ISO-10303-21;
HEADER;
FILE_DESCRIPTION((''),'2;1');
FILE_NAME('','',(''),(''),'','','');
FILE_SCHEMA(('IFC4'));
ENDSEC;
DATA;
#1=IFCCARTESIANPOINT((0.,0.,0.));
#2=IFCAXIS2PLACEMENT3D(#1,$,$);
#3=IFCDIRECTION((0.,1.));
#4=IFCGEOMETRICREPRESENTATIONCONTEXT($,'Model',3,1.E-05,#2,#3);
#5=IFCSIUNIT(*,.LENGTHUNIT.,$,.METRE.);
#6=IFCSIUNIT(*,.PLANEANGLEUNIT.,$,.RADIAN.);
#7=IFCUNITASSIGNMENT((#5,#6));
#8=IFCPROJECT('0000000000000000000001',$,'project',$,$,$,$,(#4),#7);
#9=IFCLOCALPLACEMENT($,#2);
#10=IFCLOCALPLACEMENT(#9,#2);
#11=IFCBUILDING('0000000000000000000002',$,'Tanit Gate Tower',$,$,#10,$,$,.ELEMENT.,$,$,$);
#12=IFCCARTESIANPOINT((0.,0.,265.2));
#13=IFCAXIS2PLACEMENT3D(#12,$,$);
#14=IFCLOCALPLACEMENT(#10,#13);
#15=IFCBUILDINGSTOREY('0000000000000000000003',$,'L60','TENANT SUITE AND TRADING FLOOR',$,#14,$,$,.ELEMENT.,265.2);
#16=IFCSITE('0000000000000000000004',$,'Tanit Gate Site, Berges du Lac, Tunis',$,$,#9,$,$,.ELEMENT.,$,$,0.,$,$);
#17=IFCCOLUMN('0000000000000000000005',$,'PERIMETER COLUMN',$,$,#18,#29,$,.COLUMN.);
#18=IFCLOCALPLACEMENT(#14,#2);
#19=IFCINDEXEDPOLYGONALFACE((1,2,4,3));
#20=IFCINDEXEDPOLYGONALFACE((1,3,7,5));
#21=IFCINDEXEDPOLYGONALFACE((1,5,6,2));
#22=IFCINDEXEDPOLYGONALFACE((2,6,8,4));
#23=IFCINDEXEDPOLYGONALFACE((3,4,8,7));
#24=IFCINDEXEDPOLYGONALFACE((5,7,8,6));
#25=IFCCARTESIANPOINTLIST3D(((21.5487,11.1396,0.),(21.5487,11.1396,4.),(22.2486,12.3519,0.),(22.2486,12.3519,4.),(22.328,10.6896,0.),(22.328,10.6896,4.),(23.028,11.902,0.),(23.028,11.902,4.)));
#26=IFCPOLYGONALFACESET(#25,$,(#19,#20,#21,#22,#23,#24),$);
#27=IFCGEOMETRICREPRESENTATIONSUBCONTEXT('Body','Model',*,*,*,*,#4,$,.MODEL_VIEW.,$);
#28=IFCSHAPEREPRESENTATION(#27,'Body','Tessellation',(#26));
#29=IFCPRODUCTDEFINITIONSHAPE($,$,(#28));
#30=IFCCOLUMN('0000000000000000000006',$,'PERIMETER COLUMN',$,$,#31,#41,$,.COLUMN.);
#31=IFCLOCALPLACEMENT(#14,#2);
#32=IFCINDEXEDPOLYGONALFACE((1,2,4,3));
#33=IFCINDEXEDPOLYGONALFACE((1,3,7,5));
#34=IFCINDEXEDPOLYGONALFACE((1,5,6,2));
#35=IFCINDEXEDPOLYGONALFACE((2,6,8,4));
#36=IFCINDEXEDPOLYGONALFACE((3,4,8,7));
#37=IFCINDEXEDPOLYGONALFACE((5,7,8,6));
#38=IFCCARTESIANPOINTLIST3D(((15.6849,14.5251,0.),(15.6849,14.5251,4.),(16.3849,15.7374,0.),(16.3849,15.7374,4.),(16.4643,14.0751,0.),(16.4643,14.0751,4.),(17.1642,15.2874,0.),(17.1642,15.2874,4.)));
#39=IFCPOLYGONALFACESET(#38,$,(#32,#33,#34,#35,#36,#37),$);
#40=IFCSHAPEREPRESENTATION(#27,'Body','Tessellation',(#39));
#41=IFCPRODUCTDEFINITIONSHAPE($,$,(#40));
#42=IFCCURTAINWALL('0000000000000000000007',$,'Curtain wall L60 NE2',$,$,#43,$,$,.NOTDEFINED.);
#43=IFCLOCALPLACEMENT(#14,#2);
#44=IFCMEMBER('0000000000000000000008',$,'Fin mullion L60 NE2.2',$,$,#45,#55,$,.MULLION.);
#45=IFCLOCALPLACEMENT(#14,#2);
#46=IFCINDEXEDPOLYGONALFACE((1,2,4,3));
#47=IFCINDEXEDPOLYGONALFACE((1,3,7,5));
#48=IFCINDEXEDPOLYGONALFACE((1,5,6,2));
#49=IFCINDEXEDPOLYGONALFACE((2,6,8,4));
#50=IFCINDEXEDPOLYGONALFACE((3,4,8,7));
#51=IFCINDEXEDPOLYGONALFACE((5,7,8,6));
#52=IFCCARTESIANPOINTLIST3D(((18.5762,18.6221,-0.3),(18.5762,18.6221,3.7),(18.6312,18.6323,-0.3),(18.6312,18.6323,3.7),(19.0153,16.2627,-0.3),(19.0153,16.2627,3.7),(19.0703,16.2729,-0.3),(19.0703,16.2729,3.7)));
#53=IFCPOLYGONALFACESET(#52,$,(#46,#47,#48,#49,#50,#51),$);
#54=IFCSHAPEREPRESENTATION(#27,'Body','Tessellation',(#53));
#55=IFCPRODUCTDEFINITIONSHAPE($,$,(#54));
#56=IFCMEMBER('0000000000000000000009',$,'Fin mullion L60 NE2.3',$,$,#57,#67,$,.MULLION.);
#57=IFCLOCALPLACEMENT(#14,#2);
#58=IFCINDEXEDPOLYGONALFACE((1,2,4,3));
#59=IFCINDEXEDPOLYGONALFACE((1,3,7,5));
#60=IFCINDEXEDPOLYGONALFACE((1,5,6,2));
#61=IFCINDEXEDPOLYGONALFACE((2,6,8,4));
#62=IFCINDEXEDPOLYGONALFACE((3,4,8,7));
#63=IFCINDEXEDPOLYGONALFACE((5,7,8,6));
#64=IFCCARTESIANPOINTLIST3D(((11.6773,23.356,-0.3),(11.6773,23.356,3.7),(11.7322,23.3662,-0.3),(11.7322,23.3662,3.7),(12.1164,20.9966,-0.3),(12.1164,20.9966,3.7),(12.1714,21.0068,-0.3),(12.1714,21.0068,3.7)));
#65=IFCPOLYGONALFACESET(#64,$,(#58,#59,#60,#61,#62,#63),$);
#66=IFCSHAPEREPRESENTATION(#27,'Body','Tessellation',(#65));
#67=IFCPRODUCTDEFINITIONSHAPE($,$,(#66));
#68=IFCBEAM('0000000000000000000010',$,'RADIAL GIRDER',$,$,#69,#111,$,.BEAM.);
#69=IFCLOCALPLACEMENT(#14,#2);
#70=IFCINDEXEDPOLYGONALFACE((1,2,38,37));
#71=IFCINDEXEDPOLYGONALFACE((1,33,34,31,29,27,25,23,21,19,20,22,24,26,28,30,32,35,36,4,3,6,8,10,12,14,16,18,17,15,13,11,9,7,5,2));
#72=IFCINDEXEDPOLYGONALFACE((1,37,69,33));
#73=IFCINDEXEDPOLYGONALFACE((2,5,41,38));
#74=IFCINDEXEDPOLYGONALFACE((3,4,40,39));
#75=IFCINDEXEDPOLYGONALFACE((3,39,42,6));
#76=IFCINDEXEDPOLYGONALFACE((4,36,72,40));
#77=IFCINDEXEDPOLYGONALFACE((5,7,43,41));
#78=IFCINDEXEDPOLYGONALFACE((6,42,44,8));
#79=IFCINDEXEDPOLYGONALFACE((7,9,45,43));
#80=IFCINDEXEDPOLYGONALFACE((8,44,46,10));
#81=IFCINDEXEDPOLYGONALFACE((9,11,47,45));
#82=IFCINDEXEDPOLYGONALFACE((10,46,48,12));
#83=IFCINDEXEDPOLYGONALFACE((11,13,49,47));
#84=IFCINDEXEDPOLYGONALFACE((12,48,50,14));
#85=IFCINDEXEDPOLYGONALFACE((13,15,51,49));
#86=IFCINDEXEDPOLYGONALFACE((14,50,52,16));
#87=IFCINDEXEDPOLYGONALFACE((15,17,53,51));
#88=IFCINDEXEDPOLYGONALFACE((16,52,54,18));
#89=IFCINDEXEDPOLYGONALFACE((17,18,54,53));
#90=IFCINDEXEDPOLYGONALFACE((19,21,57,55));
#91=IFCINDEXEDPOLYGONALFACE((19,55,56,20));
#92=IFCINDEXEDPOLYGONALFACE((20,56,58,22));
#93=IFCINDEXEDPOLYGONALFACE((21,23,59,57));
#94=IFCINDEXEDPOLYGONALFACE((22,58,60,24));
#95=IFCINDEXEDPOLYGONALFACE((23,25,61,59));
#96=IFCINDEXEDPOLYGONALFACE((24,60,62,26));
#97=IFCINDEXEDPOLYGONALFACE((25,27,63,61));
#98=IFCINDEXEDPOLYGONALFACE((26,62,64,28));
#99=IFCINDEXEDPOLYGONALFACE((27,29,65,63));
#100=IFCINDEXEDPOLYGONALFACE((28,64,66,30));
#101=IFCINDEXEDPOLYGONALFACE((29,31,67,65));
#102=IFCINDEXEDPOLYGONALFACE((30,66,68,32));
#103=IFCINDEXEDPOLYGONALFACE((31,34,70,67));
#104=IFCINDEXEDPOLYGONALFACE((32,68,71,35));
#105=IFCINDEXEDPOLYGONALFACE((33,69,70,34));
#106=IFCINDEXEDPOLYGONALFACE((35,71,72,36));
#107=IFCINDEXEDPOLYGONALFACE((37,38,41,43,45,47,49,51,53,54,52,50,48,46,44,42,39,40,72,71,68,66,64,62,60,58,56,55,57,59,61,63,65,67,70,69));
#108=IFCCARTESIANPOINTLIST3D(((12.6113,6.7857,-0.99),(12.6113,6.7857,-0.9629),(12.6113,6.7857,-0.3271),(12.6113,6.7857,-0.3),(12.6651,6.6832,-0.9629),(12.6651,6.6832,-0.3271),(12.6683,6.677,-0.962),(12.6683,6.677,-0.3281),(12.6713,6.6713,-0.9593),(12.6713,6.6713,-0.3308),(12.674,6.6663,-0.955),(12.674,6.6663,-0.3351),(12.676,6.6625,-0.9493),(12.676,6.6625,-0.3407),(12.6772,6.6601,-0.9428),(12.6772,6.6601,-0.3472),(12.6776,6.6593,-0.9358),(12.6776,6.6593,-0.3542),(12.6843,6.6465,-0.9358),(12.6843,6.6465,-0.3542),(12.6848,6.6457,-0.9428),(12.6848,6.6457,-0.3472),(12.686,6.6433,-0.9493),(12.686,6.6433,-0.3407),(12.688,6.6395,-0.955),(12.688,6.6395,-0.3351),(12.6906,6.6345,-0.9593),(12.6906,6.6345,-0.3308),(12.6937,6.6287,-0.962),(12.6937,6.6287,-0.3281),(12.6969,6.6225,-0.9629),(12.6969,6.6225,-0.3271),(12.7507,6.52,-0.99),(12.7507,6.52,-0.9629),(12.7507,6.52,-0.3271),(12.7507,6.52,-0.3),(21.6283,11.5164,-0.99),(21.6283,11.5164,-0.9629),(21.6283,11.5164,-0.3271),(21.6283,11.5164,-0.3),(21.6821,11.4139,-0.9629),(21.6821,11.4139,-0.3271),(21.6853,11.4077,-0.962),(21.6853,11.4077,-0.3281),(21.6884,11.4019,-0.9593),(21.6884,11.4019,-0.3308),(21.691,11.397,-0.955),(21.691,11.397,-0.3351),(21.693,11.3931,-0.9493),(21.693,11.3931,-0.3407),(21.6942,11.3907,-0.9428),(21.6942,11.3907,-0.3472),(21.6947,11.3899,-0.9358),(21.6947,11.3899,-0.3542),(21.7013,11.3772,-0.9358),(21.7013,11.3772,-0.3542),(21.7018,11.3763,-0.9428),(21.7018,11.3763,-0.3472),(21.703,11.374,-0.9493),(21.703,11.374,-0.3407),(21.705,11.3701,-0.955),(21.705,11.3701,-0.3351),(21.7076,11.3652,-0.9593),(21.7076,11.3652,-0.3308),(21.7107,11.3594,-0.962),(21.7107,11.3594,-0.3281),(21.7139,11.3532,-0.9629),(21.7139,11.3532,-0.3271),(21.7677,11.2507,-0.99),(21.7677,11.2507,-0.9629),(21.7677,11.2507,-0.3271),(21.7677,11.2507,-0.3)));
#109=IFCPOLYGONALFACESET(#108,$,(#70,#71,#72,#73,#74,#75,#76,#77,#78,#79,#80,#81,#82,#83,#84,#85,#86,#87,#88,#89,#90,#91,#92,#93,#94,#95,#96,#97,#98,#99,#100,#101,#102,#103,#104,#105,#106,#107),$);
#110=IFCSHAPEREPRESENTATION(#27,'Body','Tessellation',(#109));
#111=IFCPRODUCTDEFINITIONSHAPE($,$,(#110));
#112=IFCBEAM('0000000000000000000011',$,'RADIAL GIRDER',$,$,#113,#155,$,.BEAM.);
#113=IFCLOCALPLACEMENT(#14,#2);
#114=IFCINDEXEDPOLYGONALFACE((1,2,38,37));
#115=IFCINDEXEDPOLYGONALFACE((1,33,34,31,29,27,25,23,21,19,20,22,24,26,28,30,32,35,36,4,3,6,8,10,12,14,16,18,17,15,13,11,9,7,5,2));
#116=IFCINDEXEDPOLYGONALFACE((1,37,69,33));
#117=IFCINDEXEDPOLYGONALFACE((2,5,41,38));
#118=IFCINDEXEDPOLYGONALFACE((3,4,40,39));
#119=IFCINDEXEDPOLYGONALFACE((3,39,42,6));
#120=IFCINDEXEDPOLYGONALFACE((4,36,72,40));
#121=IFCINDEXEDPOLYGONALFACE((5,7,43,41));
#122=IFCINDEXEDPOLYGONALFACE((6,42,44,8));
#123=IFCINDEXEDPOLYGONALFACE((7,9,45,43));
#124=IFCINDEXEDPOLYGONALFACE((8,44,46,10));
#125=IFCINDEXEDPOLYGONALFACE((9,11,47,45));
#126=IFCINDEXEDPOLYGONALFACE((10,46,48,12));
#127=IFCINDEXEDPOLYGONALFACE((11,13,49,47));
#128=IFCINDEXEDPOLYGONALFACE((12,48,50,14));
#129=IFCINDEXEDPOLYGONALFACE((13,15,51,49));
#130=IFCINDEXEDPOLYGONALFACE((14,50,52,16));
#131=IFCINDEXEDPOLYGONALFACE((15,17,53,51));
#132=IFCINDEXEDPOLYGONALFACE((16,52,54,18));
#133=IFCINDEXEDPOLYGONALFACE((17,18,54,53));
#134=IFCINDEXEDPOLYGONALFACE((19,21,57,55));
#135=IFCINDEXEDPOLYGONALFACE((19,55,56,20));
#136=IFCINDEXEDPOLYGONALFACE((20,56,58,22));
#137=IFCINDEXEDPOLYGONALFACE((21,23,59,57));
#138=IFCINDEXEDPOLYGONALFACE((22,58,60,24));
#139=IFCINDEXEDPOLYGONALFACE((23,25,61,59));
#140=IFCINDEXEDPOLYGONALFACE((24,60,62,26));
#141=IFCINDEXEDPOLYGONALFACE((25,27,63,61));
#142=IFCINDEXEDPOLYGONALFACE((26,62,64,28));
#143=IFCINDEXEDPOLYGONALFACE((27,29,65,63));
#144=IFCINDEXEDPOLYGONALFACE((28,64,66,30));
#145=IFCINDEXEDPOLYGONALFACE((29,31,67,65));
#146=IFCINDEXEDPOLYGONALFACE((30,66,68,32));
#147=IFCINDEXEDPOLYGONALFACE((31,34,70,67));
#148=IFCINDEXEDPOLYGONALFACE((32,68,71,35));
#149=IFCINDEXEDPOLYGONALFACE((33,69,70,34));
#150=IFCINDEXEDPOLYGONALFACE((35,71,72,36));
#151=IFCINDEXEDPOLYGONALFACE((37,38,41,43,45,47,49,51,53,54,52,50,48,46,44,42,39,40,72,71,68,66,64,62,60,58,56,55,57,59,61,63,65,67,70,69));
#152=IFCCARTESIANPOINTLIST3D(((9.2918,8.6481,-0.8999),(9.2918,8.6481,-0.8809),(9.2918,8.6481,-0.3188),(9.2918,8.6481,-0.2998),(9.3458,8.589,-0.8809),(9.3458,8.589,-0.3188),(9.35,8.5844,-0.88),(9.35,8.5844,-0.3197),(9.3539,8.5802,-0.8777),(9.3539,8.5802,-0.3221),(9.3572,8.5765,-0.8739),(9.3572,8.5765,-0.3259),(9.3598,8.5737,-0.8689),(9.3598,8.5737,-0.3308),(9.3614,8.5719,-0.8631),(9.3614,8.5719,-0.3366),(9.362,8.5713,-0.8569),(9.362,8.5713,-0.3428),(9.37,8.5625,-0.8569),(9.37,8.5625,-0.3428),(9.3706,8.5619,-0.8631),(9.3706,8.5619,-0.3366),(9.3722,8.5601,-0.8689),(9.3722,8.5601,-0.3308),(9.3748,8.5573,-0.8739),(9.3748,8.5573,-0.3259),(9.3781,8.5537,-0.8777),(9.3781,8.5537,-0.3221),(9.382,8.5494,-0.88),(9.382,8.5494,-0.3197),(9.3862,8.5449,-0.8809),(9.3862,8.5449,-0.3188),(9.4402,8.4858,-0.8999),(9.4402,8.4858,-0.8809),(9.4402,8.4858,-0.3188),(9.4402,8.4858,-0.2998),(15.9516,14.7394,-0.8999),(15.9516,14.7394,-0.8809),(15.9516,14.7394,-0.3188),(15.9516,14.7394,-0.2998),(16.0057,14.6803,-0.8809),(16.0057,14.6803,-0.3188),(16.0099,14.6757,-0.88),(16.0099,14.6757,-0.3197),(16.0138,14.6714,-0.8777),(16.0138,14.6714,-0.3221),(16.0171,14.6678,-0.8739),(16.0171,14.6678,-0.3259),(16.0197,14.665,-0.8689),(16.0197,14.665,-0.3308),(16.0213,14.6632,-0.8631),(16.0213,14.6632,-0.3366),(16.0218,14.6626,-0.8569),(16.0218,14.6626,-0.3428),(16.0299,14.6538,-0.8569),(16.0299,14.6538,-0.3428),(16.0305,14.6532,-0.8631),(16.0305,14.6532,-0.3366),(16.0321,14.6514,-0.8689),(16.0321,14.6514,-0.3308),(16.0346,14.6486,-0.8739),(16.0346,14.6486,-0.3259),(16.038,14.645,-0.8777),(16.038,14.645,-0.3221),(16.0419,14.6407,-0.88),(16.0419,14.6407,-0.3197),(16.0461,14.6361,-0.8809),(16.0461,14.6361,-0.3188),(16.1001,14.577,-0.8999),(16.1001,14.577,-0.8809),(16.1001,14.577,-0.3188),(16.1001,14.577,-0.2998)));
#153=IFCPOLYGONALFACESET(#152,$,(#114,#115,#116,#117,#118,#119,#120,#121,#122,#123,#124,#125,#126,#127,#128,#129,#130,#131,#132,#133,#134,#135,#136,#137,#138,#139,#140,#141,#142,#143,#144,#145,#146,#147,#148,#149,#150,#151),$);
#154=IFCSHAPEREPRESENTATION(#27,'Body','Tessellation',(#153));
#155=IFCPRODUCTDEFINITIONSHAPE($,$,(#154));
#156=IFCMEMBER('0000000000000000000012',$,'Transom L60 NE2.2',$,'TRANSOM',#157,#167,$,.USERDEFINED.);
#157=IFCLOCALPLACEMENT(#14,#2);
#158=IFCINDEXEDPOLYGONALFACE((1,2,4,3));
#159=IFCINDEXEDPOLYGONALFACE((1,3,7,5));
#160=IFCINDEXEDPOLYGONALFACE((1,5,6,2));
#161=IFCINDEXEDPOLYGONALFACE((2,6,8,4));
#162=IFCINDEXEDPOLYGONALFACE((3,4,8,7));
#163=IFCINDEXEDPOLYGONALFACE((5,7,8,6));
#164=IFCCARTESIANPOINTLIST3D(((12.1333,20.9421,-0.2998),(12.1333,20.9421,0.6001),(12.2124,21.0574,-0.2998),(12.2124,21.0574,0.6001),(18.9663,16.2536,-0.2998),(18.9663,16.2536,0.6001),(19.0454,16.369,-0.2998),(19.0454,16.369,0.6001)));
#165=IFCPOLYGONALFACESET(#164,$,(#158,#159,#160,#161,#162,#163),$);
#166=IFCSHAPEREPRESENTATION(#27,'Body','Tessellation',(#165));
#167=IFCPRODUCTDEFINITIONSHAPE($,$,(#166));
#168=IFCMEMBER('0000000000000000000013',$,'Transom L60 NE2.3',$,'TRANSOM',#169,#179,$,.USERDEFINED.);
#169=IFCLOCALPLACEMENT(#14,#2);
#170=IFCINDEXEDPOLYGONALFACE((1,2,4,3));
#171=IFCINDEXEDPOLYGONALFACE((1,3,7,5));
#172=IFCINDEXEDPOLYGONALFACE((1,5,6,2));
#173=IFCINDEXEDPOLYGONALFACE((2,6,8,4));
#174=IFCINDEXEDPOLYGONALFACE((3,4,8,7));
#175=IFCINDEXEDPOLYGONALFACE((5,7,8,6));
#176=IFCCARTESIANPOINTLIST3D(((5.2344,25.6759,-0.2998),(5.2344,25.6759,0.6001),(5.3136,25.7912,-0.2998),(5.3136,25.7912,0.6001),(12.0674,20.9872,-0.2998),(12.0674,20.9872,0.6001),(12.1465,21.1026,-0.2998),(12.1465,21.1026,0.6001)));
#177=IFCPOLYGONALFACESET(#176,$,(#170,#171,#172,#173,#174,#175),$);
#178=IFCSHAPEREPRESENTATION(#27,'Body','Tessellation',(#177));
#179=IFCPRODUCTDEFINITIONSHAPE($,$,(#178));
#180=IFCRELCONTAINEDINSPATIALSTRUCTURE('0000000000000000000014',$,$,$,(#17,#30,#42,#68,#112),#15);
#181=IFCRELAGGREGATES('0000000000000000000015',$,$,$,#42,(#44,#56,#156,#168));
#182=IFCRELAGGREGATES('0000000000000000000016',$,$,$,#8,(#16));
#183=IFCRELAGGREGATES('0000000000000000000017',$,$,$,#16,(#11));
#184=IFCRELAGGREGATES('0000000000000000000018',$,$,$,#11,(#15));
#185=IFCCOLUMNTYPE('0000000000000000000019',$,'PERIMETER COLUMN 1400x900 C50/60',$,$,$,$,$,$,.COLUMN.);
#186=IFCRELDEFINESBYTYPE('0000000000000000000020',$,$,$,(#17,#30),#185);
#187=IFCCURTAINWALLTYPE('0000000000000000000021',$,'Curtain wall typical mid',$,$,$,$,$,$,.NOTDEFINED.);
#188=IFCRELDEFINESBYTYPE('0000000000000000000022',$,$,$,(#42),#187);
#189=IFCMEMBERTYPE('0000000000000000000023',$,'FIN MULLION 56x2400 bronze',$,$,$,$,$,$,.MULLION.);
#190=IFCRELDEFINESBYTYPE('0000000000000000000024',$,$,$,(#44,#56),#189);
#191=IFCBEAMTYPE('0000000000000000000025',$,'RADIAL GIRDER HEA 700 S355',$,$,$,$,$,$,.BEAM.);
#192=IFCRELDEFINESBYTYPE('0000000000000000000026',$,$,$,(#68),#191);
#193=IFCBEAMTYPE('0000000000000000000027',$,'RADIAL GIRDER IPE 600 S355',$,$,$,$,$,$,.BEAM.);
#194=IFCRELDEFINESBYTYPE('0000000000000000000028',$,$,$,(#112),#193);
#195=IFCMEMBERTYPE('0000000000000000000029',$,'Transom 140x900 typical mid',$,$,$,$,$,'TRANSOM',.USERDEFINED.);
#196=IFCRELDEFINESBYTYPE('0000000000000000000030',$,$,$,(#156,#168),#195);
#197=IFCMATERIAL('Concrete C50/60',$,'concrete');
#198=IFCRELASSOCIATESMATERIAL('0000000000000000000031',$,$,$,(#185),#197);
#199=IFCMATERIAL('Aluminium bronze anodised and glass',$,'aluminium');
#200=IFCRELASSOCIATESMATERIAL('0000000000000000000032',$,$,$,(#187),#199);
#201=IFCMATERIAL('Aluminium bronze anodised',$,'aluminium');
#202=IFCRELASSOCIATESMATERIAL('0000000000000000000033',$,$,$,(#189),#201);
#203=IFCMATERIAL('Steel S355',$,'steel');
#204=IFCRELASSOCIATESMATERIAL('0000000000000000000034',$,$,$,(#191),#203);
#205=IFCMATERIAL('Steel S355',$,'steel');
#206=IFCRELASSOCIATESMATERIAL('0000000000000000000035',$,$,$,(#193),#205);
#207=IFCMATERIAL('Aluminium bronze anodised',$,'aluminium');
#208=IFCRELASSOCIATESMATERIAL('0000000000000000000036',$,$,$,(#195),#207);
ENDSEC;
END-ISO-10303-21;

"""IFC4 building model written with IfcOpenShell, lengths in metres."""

from ifc_helpers import new_model, si_unit, direction, frame, origin, origin_2d, place, context, subcontext, project, spatial, rectangle, i_section, extrude, material, material_profile, profile_set, type_object, element, aggregate, save


model = new_model("IFC4")

# Units and contexts
model_context = context("Model", 3, precision=1e-05, world=origin(), true_north=direction((0.0, 1.0)))
body_context = subcontext(model_context, "Body", "Model", "MODEL_VIEW")
ifc_project = project(units=[si_unit("LENGTHUNIT", "METRE"), si_unit("PLANEANGLEUNIT", "RADIAN")], contexts=[model_context])

# Site, building, storey
site_placement = place(None, origin())
site = spatial("IfcSite", under=ifc_project, at=site_placement, Name="Tanit Gate Site, Berges du Lac, Tunis", CompositionType="ELEMENT", RefElevation=0.0)
building_placement = place(site_placement, origin())
building = spatial("IfcBuilding", under=site, at=building_placement, Name="Tanit Gate Tower", CompositionType="ELEMENT")
storey_placement = place(building_placement, frame((0.0, 0.0, 265.2)))
storey = spatial("IfcBuildingStorey", under=building, at=storey_placement, Name="L60", Description="TENANT SUITE AND TRADING FLOOR", CompositionType="ELEMENT", Elevation=265.2)

# Columns
ifc_material_1 = material(Name="Concrete C50/60", Category="concrete")
ifc_material_profile_1 = material_profile(ifc_material_1, rectangle(XDim=1.3999, YDim=0.8999, at=origin_2d()), Name="RC 1400x900")
ifc_profile_set_1 = profile_set([ifc_material_profile_1], Name="Concrete C50/60")
column_type = type_object("IfcColumnType", Name="PERIMETER COLUMN 1400x900 C50/60", PredefinedType="COLUMN", material=ifc_profile_set_1)
for number, where, z_axis, x_axis, name in (
    (1, (22.2883, 11.5208, 0.0), (0.0, 0.0, 1.0), (0.5, 0.866025, 0.0), "PERIMETER COLUMN"),
    (2, (16.4246, 14.9062, 0.0), (0.0, 0.0, 1.0), (0.5, 0.866025, 0.0), "PERIMETER COLUMN"),
):
    element("IfcColumn", number, at=place(storey_placement, frame(where, z_axis=z_axis, x_axis=x_axis)), inside=storey, type_object=column_type, Name=name, PredefinedType="COLUMN", context=body_context, shape_type="SweptSolid", body=[
        extrude(rectangle(XDim=1.3999, YDim=0.8999, at=origin_2d()), origin(), (0.0, 0.0, 1.0), 4.0),
    ])

# Curtain wall, members
ifc_material_2 = material(Name="Aluminium bronze anodised and glass", Category="aluminium")
curtain_wall_type = type_object("IfcCurtainWallType", Name="Curtain wall typical mid", PredefinedType="NOTDEFINED", material=ifc_material_2)
curtain_wall_placement = place(storey_placement, origin())
curtain_wall = element("IfcCurtainWall", 3, at=curtain_wall_placement, inside=storey, type_object=curtain_wall_type, Name="Curtain wall L60 NE2", PredefinedType="NOTDEFINED")
ifc_material_3 = material(Name="Aluminium bronze anodised", Category="aluminium")
ifc_material_profile_2 = material_profile(ifc_material_3, rectangle(XDim=2.3999, YDim=0.0559, at=origin_2d()), Name="56x2400 bronze fin mullion")
ifc_profile_set_2 = profile_set([ifc_material_profile_2], Name="Aluminium bronze anodised")
member_type_1 = type_object("IfcMemberType", Name="FIN MULLION 56x2400 bronze", PredefinedType="MULLION", material=ifc_profile_set_2)
member_1_placement = place(storey_placement, frame((18.8232, 17.4475, -0.3), z_axis=(0.0, 0.0, 1.0), x_axis=(0.182983, -0.983116, 0.0)))
member_1 = element("IfcMember", 4, at=member_1_placement, type_object=member_type_1, Name="Fin mullion L60 NE2.2", PredefinedType="MULLION", context=body_context, shape_type="SweptSolid", body=[
    extrude(rectangle(XDim=2.3999, YDim=0.0559, at=origin_2d()), origin(), (0.0, 0.0, 1.0), 4.0),
])
member_2_placement = place(storey_placement, frame((11.9243, 22.1814, -0.3), z_axis=(0.0, 0.0, 1.0), x_axis=(0.182983, -0.983116, 0.0)))
member_2 = element("IfcMember", 5, at=member_2_placement, type_object=member_type_1, Name="Fin mullion L60 NE2.3", PredefinedType="MULLION", context=body_context, shape_type="SweptSolid", body=[
    extrude(rectangle(XDim=2.3999, YDim=0.0559, at=origin_2d()), origin(), (0.0, 0.0, 1.0), 4.0),
])

# Beams
ifc_material_4 = material(Name="Steel S355", Category="steel")
ifc_material_profile_3 = material_profile(ifc_material_4, i_section(OverallWidth=0.3, OverallDepth=0.6899, WebThickness=0.0144, FlangeThickness=0.0271, FilletRadius=0.0271, at=origin_2d()), Name="HEA 700")
ifc_profile_set_3 = profile_set([ifc_material_profile_3], Name="Steel S355")
beam_type_1 = type_object("IfcBeamType", Name="RADIAL GIRDER HEA 700 S355", PredefinedType="BEAM", material=ifc_profile_set_3)
beam_1_placement = place(storey_placement, frame((21.698, 11.3835, -0.645), z_axis=(-0.88553, -0.464583, 0.0), x_axis=(0.464583, -0.88553, 0.0)))
element("IfcBeam", 6, at=beam_1_placement, inside=storey, type_object=beam_type_1, Name="RADIAL GIRDER", PredefinedType="BEAM", context=body_context, shape_type="SweptSolid", body=[
    extrude(i_section(OverallWidth=0.3, OverallDepth=0.6899, WebThickness=0.0144, FlangeThickness=0.0271, FilletRadius=0.0271, at=origin_2d()), origin(), (0.0, 0.0, 1.0), 10.1826),
])
ifc_material_5 = material(Name="Steel S355", Category="steel")
ifc_material_profile_4 = material_profile(ifc_material_5, i_section(OverallWidth=0.22, OverallDepth=0.6001, WebThickness=0.012, FlangeThickness=0.019, FilletRadius=0.0239, at=origin_2d()), Name="IPE 600")
ifc_profile_set_4 = profile_set([ifc_material_profile_4], Name="Steel S355")
beam_type_2 = type_object("IfcBeamType", Name="RADIAL GIRDER IPE 600 S355", PredefinedType="BEAM", material=ifc_profile_set_4)
beam_2_placement = place(storey_placement, frame((16.0259, 14.6582, -0.5999), z_axis=(-0.737905, -0.674905, 0.0), x_axis=(0.674905, -0.737905, 0.0)))
element("IfcBeam", 7, at=beam_2_placement, inside=storey, type_object=beam_type_2, Name="RADIAL GIRDER", PredefinedType="BEAM", context=body_context, shape_type="SweptSolid", body=[
    extrude(i_section(OverallWidth=0.22, OverallDepth=0.6001, WebThickness=0.012, FlangeThickness=0.019, FilletRadius=0.0239, at=origin_2d()), origin(), (0.0, 0.0, 1.0), 9.0254),
])

# Members
ifc_material_6 = material(Name="Aluminium bronze anodised", Category="aluminium")
ifc_material_profile_5 = material_profile(ifc_material_6, rectangle(XDim=0.1399, YDim=0.8999, at=origin_2d()), Name="140x900 bronze transom")
ifc_profile_set_5 = profile_set([ifc_material_profile_5], Name="Aluminium bronze anodised")
member_type_2 = type_object("IfcMemberType", Name="Transom 140x900 typical mid", ElementType="TRANSOM", PredefinedType="USERDEFINED", material=ifc_profile_set_5)
member_3_placement = place(storey_placement, frame((19.0059, 16.3113, 0.1501), z_axis=(-0.824561, 0.565773, 0.0), x_axis=(-0.565773, -0.824561, 0.0)))
member_3 = element("IfcMember", 8, at=member_3_placement, type_object=member_type_2, Name="Transom L60 NE2.2", ObjectType="TRANSOM", PredefinedType="USERDEFINED", context=body_context, shape_type="SweptSolid", body=[
    extrude(rectangle(XDim=0.1399, YDim=0.8999, at=origin_2d()), origin(), (0.0, 0.0, 1.0), 8.2869),
])
member_4_placement = place(storey_placement, frame((12.1069, 21.0449, 0.1501), z_axis=(-0.824547, 0.565793, 0.0), x_axis=(-0.565793, -0.824547, 0.0)))
member_4 = element("IfcMember", 9, at=member_4_placement, type_object=member_type_2, Name="Transom L60 NE2.3", ObjectType="TRANSOM", PredefinedType="USERDEFINED", context=body_context, shape_type="SweptSolid", body=[
    extrude(rectangle(XDim=0.1399, YDim=0.8999, at=origin_2d()), origin(), (0.0, 0.0, 1.0), 8.2869),
])

aggregate(curtain_wall, [member_1, member_2, member_3, member_4])

save(model, "model.ifc")
